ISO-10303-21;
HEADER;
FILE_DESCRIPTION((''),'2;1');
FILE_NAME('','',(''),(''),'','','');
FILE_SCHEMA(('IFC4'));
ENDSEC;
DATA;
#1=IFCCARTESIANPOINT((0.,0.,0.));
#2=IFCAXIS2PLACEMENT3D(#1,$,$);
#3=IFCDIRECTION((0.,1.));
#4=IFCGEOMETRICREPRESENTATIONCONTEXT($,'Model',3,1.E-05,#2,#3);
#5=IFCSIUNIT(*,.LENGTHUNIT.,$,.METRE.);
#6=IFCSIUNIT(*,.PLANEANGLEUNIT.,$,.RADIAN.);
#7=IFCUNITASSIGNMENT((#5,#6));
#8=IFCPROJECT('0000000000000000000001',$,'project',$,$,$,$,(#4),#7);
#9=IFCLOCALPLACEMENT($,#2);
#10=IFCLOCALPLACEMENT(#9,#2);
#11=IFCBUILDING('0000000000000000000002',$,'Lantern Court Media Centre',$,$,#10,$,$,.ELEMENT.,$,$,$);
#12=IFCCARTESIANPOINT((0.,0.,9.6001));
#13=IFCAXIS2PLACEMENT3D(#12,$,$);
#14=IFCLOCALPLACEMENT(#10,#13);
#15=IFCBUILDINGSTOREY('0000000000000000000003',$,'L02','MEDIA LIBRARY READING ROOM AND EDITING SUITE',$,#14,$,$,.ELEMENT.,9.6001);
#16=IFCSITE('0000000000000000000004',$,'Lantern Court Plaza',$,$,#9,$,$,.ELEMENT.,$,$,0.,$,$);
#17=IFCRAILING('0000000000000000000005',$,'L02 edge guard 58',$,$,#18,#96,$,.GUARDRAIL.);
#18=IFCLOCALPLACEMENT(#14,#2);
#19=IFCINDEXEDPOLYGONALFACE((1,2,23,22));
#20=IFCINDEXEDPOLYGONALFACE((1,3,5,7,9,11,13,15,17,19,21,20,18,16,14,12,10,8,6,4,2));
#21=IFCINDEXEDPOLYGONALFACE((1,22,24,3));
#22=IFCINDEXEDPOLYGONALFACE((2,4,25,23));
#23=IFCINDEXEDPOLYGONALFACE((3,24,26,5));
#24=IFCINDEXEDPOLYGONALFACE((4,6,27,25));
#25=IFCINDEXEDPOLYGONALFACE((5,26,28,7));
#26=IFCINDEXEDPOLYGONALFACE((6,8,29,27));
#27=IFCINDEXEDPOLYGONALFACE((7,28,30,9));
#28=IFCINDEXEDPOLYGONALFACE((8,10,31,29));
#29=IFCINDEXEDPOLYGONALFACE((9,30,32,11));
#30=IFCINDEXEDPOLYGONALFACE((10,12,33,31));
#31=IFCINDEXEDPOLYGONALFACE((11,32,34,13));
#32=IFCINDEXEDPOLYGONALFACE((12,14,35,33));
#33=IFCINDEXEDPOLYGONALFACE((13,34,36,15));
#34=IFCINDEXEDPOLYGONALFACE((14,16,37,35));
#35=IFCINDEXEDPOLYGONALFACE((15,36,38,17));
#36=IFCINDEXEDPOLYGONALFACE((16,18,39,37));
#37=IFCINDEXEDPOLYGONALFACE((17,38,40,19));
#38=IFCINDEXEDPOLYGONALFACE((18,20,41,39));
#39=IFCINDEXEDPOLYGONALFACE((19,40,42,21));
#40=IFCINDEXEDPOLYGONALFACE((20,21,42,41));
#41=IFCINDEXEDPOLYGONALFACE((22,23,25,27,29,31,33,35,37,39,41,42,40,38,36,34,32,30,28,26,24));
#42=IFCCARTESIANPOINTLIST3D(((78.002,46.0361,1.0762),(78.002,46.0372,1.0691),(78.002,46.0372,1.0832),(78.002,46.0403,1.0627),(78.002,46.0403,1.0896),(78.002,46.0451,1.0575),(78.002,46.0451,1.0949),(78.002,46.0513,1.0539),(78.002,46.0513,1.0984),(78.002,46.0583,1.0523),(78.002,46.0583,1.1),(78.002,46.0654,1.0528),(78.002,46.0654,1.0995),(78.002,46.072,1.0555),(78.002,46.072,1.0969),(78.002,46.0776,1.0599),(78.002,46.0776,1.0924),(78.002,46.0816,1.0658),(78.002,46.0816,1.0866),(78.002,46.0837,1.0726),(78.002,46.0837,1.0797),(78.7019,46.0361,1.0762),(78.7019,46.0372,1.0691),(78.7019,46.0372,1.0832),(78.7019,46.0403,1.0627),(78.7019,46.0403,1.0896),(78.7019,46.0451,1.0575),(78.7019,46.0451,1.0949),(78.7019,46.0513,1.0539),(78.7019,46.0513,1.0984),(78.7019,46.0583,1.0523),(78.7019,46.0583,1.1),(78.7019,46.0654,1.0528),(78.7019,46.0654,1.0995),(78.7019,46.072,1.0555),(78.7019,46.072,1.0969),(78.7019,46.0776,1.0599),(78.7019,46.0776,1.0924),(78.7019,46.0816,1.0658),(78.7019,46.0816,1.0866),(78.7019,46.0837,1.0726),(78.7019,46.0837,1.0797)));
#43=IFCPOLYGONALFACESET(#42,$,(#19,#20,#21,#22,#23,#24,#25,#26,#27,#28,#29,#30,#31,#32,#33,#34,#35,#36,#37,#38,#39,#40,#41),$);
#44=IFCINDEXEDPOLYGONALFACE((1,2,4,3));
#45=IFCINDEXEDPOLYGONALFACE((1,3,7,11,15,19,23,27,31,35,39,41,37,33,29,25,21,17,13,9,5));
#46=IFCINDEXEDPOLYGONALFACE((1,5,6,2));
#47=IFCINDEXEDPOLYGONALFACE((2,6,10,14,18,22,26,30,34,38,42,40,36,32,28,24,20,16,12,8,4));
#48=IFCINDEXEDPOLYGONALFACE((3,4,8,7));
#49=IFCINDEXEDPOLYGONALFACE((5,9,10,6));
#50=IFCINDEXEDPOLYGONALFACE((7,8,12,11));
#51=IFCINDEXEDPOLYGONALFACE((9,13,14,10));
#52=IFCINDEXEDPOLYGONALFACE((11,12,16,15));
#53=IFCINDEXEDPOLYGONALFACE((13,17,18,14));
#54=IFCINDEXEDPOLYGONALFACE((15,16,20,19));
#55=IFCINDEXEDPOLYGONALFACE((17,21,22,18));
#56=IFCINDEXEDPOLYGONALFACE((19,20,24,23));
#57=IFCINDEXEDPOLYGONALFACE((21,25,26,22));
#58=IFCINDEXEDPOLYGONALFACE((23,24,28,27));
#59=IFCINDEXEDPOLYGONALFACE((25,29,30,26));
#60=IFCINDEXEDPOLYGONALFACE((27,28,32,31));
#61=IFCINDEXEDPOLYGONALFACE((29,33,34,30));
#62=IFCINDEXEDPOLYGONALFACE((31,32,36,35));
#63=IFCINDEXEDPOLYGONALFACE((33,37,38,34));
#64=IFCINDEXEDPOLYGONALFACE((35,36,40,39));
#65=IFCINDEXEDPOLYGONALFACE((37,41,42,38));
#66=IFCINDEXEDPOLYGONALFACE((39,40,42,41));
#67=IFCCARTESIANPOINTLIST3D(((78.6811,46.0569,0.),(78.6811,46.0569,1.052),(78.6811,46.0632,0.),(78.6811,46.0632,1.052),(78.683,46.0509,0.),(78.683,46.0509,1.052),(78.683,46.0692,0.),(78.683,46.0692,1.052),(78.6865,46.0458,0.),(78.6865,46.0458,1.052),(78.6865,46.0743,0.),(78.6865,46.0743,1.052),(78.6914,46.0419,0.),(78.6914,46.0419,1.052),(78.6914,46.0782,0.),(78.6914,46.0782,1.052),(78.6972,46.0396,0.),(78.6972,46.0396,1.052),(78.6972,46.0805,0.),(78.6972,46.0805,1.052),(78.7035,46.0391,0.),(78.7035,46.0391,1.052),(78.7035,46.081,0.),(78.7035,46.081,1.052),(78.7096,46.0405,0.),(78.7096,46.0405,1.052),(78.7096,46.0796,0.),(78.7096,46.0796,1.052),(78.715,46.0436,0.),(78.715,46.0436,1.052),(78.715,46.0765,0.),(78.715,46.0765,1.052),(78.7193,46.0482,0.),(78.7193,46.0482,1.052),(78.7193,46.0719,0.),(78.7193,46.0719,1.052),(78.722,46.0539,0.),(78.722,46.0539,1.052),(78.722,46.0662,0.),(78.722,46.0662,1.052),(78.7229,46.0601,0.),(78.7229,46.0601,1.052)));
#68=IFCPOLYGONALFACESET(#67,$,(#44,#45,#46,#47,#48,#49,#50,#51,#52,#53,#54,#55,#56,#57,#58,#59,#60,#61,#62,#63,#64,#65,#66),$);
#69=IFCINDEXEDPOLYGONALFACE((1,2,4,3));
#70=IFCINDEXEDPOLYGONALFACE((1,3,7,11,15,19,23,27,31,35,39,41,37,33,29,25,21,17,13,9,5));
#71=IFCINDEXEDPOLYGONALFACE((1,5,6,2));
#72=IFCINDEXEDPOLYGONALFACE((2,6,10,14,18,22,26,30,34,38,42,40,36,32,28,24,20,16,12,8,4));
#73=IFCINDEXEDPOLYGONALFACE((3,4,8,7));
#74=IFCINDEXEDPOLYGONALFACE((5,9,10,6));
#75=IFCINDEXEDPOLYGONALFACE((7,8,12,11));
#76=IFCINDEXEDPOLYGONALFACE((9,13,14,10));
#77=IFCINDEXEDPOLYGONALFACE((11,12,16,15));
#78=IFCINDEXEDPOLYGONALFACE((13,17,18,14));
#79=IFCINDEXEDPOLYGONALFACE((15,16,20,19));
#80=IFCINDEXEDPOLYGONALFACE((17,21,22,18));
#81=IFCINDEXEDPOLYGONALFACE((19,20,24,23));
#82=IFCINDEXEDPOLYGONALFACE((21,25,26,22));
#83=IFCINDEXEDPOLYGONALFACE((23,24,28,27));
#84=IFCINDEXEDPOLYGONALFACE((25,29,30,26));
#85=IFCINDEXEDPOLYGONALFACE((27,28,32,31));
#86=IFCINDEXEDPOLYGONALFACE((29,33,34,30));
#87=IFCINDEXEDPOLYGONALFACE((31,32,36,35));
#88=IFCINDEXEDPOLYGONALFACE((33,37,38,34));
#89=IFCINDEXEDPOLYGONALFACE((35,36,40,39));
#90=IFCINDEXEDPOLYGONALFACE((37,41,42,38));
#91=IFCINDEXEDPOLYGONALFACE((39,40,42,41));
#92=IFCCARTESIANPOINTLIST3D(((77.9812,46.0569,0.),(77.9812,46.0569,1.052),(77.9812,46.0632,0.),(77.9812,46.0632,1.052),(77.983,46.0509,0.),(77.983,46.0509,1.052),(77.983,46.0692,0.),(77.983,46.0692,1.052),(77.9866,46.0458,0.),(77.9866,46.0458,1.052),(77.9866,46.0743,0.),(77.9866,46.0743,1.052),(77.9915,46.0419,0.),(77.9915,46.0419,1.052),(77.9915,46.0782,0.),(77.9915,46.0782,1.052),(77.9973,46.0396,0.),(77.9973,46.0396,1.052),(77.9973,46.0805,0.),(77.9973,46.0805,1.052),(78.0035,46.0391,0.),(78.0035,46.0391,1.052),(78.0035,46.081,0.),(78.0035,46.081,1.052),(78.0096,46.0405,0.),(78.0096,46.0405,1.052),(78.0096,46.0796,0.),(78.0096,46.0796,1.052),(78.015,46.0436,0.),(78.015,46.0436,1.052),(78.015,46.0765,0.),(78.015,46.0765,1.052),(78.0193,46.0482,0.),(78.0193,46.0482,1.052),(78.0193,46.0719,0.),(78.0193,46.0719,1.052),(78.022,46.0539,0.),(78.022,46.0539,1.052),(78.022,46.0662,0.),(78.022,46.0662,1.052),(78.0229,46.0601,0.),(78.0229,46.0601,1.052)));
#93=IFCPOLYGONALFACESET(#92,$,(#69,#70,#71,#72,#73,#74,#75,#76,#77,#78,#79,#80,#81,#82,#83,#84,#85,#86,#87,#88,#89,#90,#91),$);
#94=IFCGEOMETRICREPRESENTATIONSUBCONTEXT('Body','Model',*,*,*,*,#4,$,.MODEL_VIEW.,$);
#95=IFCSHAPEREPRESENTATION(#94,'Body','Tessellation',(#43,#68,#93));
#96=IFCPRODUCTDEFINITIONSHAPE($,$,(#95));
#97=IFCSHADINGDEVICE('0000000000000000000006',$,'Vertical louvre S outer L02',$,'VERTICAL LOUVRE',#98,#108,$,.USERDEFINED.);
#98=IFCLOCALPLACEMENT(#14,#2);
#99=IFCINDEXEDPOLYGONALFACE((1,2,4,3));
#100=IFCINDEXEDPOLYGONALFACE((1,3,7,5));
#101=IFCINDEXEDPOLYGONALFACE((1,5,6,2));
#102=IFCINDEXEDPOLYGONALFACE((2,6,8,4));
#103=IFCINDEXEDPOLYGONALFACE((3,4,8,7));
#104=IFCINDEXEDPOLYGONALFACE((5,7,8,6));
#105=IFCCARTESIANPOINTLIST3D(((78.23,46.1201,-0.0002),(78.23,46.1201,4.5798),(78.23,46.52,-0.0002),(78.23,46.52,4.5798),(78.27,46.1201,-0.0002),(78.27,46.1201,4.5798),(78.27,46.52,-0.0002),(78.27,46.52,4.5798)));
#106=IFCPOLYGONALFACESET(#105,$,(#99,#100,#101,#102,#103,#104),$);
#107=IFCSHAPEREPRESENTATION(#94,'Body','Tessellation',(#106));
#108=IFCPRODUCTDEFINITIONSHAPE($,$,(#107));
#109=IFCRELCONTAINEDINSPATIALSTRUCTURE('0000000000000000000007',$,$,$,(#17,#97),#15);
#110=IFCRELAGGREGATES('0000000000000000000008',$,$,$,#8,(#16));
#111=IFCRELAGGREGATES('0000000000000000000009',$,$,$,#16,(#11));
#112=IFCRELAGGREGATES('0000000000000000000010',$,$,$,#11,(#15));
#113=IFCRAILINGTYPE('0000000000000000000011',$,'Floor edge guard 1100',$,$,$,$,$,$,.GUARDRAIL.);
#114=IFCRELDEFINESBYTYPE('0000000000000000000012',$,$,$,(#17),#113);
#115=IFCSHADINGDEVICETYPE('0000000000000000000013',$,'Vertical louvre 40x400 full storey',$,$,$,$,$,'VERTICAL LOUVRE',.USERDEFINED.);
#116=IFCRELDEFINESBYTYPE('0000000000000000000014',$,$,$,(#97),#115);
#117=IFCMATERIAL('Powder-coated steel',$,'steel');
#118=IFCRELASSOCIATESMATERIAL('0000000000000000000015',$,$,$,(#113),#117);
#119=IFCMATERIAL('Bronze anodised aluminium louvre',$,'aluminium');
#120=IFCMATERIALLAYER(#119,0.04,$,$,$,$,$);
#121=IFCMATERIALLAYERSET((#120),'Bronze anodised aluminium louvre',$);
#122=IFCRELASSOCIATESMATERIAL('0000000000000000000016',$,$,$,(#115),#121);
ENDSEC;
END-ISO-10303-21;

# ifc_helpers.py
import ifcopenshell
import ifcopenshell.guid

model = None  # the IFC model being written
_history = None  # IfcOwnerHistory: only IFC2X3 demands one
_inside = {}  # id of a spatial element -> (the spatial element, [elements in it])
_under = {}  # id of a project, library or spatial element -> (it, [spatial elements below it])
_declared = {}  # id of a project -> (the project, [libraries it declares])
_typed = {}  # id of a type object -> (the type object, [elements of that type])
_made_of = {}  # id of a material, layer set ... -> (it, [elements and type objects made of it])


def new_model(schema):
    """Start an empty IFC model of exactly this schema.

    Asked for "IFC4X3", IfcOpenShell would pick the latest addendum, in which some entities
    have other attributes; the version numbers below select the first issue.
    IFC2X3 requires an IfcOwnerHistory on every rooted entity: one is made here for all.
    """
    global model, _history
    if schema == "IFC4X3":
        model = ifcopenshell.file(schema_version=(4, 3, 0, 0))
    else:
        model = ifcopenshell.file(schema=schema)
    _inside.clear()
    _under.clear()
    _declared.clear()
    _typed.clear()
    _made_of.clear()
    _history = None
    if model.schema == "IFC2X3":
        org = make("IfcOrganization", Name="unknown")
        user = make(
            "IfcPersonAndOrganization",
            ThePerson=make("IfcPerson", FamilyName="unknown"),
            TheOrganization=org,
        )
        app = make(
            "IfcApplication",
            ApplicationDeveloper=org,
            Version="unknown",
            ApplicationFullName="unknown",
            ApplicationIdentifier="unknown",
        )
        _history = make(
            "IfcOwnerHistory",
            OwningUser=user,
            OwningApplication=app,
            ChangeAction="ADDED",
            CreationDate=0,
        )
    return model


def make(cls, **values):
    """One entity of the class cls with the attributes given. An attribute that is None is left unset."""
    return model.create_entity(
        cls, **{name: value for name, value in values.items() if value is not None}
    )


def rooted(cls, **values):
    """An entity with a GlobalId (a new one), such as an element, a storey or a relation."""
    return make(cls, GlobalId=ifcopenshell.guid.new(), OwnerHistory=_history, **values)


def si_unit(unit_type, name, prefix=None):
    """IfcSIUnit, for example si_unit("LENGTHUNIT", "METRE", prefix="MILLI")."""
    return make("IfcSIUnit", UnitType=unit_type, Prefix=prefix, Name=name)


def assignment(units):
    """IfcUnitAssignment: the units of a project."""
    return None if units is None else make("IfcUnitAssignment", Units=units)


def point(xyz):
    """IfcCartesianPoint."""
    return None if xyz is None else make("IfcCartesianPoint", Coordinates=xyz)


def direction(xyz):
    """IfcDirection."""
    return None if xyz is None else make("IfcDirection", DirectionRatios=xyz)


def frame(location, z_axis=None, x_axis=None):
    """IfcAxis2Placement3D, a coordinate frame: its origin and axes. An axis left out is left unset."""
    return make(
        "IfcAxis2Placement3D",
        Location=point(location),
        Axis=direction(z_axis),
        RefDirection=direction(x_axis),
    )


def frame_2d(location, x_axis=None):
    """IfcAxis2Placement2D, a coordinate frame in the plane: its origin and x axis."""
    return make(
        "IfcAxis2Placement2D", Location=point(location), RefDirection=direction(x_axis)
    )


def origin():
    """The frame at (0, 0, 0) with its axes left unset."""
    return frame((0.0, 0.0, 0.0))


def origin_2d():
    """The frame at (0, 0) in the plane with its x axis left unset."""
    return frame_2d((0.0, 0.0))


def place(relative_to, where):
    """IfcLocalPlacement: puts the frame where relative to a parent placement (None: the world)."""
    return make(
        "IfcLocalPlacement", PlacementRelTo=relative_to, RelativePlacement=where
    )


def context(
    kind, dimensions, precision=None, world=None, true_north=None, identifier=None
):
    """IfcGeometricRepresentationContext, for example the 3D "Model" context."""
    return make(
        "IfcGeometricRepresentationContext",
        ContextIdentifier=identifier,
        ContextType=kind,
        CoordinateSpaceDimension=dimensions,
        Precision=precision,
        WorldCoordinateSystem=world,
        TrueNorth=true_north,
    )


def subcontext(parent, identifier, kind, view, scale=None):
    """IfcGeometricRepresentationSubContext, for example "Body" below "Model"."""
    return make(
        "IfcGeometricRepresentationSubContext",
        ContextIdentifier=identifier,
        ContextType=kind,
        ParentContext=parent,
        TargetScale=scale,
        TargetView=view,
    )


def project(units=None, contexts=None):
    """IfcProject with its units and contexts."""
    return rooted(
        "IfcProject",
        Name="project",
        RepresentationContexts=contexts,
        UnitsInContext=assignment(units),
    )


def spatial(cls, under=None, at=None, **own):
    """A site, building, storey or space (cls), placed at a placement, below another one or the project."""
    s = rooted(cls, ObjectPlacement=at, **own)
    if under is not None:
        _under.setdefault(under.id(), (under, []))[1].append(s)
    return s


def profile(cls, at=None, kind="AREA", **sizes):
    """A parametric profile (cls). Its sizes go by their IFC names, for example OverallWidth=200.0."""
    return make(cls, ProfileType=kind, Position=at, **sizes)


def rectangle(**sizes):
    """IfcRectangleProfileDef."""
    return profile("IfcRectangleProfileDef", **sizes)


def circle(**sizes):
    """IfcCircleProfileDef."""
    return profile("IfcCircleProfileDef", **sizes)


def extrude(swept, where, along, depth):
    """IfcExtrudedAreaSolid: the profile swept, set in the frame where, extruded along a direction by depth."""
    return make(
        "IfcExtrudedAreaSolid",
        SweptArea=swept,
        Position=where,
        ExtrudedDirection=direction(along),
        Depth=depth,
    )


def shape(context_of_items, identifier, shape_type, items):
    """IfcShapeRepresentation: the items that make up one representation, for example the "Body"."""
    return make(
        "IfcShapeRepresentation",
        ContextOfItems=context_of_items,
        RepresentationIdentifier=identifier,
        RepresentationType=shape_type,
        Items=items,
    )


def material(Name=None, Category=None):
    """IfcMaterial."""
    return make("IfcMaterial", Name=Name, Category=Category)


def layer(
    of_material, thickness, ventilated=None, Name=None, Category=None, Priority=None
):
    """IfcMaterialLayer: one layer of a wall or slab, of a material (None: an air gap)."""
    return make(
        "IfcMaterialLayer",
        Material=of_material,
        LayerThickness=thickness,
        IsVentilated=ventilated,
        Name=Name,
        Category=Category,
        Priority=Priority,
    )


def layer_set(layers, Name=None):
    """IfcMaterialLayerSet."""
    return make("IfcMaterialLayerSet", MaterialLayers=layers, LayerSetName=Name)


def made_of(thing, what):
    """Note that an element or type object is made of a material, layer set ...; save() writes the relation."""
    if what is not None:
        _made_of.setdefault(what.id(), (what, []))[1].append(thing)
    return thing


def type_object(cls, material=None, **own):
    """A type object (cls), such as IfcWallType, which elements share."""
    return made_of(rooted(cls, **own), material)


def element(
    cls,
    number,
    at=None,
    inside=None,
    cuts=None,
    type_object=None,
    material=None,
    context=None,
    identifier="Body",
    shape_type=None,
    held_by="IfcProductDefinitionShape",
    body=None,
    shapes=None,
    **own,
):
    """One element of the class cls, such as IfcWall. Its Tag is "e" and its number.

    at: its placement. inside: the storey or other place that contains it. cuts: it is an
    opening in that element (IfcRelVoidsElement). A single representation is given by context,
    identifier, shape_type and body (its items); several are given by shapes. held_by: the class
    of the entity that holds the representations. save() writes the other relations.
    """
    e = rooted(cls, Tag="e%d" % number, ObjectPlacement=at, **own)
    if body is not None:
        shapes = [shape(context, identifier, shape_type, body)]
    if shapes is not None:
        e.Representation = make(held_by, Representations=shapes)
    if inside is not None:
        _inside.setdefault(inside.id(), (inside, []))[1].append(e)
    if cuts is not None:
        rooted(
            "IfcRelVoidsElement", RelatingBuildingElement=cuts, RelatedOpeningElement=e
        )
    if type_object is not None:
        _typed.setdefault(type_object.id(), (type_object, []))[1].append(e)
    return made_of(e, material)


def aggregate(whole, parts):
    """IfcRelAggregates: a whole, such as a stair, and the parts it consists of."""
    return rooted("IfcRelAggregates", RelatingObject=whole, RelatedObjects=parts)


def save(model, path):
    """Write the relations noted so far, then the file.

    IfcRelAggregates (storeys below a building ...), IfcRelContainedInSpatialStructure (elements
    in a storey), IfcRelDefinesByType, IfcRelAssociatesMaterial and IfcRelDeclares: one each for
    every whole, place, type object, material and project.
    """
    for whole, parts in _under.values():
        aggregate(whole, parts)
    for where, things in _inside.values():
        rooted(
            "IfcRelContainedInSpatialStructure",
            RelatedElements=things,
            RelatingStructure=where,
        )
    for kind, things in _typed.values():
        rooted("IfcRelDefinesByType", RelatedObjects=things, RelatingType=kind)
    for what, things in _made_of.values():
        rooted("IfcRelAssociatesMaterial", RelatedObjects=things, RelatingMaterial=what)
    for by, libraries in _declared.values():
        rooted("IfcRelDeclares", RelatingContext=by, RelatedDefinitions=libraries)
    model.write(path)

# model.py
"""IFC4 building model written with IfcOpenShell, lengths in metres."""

from ifc_helpers import new_model, si_unit, direction, frame, origin, origin_2d, place, context, subcontext, project, spatial, rectangle, circle, extrude, material, layer, layer_set, type_object, element, save


model = new_model("IFC4")

# Units and contexts
model_context = context("Model", 3, precision=1e-05, world=origin(), true_north=direction((0.0, 1.0)))
body_context = subcontext(model_context, "Body", "Model", "MODEL_VIEW")
ifc_project = project(units=[si_unit("LENGTHUNIT", "METRE"), si_unit("PLANEANGLEUNIT", "RADIAN")], contexts=[model_context])

# Site, building, storey
site_placement = place(None, origin())
site = spatial("IfcSite", under=ifc_project, at=site_placement, Name="Lantern Court Plaza", CompositionType="ELEMENT", RefElevation=0.0)
building_placement = place(site_placement, origin())
building = spatial("IfcBuilding", under=site, at=building_placement, Name="Lantern Court Media Centre", CompositionType="ELEMENT")
storey_placement = place(building_placement, frame((0.0, 0.0, 9.6001)))
storey = spatial("IfcBuildingStorey", under=building, at=storey_placement, Name="L02", Description="MEDIA LIBRARY READING ROOM AND EDITING SUITE", CompositionType="ELEMENT", Elevation=9.6001)

# Railing
ifc_material_1 = material(Name="Powder-coated steel", Category="steel")
railing_type = type_object("IfcRailingType", Name="Floor edge guard 1100", PredefinedType="GUARDRAIL", material=ifc_material_1)
railing_placement = place(storey_placement, frame((78.7019, 46.0601, 0.0)))
element("IfcRailing", 1, at=railing_placement, inside=storey, type_object=railing_type, Name="L02 edge guard 58", PredefinedType="GUARDRAIL", context=body_context, shape_type="SweptSolid", body=[
    extrude(circle(Radius=0.0239, at=origin_2d()), frame((0.0, 0.0, 1.0762), z_axis=(-1.0, 0.0, 0.0), x_axis=(0.0, -1.0, 0.0)), (0.0, 0.0, 1.0), 0.7),
    extrude(circle(Radius=0.021, at=origin_2d()), origin(), (0.0, 0.0, 1.0), 1.052),
    extrude(circle(Radius=0.021, at=origin_2d()), frame((-0.7, 0.0, 0.0)), (0.0, 0.0, 1.0), 1.052),
])

# Shading device
ifc_material_2 = material(Name="Bronze anodised aluminium louvre", Category="aluminium")
ifc_layer_1 = layer(ifc_material_2, 0.04)
ifc_layer_set_1 = layer_set([ifc_layer_1], Name="Bronze anodised aluminium louvre")
shading_device_type = type_object("IfcShadingDeviceType", Name="Vertical louvre 40x400 full storey", ElementType="VERTICAL LOUVRE", PredefinedType="USERDEFINED", material=ifc_layer_set_1)
shading_device_placement = place(storey_placement, frame((78.25, 46.3201, -0.0002), z_axis=(0.0, 0.0, 1.0), x_axis=(1.0, 0.0, 0.0)))
element("IfcShadingDevice", 2, at=shading_device_placement, inside=storey, type_object=shading_device_type, Name="Vertical louvre S outer L02", ObjectType="VERTICAL LOUVRE", PredefinedType="USERDEFINED", context=body_context, shape_type="SweptSolid", body=[
    extrude(rectangle(XDim=0.04, YDim=0.3999, at=origin_2d()), origin(), (0.0, 0.0, 1.0), 4.5801),
])

save(model, "model.ifc")
